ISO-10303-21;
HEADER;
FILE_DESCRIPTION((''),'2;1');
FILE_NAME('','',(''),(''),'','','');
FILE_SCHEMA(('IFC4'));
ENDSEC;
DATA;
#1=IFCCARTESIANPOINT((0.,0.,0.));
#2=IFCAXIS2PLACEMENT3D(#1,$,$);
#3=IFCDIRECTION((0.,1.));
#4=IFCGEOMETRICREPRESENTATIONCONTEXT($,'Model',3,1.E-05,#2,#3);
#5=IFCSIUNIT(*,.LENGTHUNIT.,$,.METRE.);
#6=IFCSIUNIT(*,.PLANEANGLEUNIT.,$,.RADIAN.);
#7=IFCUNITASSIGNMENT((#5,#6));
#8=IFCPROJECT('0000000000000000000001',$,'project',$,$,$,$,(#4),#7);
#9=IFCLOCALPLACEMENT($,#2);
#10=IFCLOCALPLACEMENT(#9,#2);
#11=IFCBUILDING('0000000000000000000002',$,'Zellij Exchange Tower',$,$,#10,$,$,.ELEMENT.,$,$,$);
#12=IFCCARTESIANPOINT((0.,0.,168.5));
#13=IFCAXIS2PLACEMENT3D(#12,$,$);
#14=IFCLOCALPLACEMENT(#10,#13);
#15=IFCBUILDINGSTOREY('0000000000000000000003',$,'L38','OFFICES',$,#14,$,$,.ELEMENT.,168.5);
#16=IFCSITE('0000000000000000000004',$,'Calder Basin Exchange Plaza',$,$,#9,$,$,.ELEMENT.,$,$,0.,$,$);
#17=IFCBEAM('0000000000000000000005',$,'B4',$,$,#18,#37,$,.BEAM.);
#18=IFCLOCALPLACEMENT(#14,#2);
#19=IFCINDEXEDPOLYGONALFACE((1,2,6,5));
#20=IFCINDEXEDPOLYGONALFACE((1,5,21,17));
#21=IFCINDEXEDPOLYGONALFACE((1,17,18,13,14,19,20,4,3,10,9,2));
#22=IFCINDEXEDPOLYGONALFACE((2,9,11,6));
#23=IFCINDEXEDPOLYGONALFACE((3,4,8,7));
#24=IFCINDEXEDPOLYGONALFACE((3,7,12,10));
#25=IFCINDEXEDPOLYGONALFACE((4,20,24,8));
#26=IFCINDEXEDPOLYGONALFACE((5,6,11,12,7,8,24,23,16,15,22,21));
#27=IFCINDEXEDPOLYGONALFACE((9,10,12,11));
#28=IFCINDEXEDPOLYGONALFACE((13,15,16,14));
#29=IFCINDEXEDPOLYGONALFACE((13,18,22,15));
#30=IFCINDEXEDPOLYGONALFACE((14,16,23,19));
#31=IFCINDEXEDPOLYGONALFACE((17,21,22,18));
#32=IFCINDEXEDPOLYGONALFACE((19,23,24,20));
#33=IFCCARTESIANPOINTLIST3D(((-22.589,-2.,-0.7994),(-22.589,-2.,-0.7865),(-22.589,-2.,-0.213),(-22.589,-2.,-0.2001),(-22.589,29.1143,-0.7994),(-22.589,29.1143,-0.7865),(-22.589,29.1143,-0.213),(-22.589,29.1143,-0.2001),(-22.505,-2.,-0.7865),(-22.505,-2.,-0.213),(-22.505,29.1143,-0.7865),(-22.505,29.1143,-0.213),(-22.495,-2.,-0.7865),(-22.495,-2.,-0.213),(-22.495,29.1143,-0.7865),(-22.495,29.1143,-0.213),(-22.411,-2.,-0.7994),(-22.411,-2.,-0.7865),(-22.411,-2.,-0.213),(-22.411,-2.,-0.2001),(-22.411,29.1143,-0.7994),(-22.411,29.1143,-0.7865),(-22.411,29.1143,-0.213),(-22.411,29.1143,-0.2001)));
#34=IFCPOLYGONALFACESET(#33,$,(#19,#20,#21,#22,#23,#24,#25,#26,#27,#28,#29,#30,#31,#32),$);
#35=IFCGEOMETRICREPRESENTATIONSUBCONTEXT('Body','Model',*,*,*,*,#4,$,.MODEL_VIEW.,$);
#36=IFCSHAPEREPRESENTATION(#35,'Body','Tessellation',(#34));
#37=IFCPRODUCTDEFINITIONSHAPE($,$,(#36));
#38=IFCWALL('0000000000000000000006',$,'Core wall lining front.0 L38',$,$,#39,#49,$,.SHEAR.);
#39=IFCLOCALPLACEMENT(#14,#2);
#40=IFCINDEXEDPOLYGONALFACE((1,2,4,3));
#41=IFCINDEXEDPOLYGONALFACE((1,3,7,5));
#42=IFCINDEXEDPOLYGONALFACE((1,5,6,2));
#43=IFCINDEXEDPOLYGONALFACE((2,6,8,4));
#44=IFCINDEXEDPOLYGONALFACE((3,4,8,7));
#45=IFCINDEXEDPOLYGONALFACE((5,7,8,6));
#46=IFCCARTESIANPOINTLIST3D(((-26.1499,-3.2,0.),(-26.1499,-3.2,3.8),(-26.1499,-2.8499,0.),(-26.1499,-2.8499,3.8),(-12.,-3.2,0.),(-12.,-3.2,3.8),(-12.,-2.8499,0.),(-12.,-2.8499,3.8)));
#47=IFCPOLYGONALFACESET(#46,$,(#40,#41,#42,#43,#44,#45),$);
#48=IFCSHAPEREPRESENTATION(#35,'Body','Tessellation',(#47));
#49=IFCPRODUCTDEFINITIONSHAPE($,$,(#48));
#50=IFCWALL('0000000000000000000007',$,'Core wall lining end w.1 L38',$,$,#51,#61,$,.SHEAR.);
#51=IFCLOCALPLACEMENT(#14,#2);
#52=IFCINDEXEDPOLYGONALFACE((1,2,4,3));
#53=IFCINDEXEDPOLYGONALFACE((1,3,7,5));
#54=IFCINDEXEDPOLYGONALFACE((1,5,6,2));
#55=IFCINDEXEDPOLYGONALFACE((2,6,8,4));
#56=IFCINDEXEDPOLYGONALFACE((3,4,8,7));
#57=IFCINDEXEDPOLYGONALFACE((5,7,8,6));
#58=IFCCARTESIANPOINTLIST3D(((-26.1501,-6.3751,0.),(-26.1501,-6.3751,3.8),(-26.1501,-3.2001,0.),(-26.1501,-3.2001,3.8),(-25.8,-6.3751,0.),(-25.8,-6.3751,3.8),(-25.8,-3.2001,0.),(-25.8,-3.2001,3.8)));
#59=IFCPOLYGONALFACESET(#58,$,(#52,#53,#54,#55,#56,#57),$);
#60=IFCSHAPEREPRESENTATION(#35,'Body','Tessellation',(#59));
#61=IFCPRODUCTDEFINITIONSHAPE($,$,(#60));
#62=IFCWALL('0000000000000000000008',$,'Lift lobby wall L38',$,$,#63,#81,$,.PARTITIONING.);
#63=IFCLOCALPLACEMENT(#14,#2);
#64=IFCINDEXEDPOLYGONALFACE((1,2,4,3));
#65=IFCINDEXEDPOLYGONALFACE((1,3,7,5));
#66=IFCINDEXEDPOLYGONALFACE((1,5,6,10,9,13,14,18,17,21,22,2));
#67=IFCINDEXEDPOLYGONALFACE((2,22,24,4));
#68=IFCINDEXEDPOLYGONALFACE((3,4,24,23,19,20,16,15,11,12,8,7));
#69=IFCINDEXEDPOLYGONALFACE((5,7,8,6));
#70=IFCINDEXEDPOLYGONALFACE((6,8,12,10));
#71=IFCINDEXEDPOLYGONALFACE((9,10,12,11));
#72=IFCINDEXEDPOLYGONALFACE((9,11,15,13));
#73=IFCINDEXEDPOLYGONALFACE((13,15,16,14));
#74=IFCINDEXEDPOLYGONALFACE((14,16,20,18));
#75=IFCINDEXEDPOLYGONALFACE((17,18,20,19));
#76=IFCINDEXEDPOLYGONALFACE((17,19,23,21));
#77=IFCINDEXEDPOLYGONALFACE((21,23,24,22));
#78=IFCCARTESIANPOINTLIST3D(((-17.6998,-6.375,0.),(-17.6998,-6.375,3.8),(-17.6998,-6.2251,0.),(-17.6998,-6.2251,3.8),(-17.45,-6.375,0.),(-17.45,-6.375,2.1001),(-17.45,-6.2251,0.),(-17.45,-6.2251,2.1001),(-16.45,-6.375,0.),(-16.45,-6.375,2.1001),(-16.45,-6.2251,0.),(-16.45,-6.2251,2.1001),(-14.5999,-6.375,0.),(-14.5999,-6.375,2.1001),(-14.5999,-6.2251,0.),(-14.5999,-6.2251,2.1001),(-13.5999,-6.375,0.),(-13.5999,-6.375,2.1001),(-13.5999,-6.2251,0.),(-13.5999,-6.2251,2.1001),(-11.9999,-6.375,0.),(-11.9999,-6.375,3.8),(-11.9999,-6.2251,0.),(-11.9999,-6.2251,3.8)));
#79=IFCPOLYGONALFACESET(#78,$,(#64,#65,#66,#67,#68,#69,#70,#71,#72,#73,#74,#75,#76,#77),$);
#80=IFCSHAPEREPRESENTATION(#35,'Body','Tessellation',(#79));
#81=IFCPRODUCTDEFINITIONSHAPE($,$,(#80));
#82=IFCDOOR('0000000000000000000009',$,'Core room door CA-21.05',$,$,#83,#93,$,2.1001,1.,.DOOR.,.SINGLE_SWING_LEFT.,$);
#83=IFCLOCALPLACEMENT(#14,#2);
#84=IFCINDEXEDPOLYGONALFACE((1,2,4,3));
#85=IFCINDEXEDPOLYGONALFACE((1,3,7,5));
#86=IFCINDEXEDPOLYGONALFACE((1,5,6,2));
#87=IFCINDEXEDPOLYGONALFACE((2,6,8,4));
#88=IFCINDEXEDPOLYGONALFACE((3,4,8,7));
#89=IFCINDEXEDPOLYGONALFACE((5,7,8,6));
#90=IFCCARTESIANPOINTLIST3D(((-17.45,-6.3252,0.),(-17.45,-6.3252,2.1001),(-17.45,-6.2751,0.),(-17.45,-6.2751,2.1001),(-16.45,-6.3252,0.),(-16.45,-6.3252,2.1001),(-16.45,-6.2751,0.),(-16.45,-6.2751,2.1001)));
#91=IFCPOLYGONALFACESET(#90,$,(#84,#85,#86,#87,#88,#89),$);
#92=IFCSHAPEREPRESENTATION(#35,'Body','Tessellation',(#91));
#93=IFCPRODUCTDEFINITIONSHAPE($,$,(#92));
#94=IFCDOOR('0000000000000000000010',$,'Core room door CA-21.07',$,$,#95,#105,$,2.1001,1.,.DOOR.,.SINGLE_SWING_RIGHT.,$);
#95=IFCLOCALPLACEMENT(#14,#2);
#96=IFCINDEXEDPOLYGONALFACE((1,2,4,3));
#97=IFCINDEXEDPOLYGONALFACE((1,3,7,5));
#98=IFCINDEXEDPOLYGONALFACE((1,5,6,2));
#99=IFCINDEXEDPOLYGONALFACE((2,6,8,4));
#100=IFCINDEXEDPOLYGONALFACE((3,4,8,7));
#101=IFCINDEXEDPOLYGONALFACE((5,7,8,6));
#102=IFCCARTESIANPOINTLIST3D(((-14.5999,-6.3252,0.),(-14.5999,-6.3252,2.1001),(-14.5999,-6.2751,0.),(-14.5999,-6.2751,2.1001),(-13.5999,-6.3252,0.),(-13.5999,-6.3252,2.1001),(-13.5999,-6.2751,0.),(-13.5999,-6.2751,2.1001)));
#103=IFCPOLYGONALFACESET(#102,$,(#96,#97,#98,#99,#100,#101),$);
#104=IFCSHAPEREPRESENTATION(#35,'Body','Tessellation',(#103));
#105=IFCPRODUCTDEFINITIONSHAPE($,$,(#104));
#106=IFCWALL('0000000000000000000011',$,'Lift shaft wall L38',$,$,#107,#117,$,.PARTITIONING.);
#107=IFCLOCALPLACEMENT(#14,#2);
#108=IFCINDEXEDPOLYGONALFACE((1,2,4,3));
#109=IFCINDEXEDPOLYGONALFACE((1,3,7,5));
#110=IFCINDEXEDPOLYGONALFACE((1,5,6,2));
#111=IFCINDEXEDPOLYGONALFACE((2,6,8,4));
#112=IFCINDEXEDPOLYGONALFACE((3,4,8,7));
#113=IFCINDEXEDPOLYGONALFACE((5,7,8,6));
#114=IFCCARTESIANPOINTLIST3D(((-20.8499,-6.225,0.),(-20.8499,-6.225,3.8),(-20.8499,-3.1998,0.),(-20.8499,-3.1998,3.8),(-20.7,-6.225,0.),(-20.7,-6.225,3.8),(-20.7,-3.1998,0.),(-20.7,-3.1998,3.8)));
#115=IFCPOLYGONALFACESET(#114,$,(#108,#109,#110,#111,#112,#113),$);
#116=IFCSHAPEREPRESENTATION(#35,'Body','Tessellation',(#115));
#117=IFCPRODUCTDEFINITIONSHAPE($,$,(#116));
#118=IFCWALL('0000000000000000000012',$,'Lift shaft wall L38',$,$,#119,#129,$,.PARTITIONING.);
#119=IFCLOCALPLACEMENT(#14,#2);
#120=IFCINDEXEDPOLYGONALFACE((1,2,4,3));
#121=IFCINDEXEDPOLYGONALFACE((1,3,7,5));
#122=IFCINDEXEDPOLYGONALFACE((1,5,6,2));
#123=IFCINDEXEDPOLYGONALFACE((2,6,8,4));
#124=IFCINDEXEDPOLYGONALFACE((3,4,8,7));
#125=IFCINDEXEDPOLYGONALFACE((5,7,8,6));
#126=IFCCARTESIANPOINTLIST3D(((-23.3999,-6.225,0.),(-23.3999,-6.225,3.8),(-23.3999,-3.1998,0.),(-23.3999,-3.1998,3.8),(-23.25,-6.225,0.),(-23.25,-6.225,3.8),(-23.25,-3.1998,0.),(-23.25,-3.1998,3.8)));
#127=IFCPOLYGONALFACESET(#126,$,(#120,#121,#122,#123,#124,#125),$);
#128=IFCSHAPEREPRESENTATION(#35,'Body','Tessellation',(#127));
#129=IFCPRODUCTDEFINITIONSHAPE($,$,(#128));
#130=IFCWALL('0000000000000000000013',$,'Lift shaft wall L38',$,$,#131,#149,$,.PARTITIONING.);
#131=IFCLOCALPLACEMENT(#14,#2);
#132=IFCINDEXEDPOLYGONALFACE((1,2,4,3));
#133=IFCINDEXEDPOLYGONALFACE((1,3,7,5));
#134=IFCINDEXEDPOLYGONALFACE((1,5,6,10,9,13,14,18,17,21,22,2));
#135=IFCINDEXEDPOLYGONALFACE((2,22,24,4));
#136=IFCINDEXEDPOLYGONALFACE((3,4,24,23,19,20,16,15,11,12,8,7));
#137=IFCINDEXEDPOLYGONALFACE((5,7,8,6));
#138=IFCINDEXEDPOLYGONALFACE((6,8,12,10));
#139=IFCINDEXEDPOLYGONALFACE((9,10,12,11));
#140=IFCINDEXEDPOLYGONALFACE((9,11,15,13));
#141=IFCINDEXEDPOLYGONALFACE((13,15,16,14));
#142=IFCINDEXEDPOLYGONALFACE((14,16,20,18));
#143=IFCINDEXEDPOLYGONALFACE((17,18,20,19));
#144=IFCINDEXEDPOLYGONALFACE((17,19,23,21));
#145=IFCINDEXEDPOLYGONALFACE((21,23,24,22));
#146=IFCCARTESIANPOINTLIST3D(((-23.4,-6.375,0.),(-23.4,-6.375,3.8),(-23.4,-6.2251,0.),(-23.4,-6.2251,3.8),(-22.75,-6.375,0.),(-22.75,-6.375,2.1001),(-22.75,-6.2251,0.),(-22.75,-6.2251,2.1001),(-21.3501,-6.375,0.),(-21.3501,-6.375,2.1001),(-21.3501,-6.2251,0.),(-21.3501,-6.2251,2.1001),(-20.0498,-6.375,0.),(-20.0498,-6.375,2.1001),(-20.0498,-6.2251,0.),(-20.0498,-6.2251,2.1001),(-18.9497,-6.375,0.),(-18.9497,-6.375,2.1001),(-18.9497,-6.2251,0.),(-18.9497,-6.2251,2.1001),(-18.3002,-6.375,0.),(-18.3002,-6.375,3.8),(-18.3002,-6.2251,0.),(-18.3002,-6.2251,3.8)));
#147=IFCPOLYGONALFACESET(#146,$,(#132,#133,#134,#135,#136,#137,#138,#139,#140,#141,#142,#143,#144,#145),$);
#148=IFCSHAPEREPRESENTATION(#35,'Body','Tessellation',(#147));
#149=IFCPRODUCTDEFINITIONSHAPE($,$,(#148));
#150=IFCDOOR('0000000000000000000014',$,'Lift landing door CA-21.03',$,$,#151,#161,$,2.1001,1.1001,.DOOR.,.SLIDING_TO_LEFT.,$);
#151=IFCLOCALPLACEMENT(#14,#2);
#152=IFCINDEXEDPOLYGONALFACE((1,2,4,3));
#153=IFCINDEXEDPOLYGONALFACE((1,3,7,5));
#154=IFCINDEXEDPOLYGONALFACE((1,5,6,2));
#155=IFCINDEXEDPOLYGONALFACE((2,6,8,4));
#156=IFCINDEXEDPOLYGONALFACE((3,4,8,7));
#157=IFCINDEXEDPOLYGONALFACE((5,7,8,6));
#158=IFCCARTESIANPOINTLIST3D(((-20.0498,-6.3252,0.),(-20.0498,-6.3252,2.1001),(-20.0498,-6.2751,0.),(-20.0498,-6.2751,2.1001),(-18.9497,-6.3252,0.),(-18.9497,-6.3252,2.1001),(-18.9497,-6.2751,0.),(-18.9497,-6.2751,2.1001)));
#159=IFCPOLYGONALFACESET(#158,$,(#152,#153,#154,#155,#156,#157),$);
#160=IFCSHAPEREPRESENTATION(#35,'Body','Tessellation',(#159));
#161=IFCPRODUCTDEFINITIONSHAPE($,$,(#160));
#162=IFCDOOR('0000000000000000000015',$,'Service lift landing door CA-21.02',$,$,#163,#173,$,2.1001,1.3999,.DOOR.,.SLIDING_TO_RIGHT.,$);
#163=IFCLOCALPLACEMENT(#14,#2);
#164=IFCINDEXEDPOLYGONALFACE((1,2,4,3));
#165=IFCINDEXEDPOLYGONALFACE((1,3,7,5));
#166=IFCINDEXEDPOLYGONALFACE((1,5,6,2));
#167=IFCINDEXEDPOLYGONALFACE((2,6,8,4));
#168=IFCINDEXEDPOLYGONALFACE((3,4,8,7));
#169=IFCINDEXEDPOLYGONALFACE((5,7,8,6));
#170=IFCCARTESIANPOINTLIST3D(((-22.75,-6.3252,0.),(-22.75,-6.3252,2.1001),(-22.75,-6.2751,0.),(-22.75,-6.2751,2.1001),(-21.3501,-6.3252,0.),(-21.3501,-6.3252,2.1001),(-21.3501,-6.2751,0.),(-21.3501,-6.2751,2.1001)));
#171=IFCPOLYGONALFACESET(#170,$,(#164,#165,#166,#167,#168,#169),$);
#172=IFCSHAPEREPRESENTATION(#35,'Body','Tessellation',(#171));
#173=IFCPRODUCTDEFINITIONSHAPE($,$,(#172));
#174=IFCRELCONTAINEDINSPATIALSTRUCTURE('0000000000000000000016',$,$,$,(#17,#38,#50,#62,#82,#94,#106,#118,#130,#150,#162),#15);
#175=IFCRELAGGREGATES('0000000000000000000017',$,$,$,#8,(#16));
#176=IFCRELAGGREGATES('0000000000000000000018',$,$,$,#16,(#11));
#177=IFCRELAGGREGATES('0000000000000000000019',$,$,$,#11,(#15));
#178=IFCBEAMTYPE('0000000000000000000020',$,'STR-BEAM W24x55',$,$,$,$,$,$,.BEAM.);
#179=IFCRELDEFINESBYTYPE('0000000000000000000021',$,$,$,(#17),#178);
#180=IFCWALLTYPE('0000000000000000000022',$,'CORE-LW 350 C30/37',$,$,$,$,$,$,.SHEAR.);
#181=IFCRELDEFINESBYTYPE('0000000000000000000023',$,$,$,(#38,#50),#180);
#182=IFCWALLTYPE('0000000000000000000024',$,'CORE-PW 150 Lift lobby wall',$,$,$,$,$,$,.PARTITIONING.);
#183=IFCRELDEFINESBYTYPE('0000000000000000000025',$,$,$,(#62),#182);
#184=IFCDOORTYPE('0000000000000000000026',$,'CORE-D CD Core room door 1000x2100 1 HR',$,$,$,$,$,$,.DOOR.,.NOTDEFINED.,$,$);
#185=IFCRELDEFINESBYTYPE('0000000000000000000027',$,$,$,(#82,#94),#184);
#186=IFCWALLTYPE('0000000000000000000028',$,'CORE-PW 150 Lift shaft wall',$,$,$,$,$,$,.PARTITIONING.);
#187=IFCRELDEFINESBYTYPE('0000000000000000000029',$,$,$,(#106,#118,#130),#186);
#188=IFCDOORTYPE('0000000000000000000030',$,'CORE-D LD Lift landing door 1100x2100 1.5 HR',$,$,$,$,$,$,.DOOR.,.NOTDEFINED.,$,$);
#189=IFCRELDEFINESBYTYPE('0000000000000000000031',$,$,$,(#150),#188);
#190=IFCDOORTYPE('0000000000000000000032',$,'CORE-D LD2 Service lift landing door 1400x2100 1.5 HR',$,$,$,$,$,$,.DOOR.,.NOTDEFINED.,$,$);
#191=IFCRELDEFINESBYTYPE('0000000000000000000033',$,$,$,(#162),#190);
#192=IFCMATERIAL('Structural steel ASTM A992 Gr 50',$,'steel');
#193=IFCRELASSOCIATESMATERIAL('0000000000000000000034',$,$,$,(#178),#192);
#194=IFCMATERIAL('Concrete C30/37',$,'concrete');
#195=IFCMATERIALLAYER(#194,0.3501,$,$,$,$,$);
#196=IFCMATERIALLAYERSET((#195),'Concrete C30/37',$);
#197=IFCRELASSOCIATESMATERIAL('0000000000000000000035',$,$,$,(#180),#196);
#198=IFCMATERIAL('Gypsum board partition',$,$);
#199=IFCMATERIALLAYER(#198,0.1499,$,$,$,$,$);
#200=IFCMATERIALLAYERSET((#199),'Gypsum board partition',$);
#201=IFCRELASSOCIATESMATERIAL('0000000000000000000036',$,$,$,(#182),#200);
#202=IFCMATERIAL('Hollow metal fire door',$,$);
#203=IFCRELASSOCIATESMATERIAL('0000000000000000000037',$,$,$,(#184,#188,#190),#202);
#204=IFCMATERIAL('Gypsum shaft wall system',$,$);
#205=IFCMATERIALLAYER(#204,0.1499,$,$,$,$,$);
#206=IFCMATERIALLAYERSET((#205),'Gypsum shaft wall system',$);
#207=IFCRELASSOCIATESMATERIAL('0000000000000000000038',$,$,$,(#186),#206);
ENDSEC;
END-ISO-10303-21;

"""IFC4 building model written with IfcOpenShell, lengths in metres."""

from ifc_helpers import new_model, si_unit, direction, frame, frame_2d, origin, origin_2d, place, context, subcontext, project, spatial, rectangle, i_section, extrude, material, layer, layer_set, material_profile, profile_set, type_object, element, fill, save


model = new_model("IFC4")

# Units and contexts
model_context = context("Model", 3, precision=1e-05, world=origin(), true_north=direction((0.0, 1.0)))
body_context = subcontext(model_context, "Body", "Model", "MODEL_VIEW")
ifc_project = project(units=[si_unit("LENGTHUNIT", "METRE"), si_unit("PLANEANGLEUNIT", "RADIAN")], contexts=[model_context])

# Site, building, storey
site_placement = place(None, origin())
site = spatial("IfcSite", under=ifc_project, at=site_placement, Name="Calder Basin Exchange Plaza", CompositionType="ELEMENT", RefElevation=0.0)
building_placement = place(site_placement, origin())
building = spatial("IfcBuilding", under=site, at=building_placement, Name="Zellij Exchange Tower", CompositionType="ELEMENT")
storey_placement = place(building_placement, frame((0.0, 0.0, 168.5)))
storey = spatial("IfcBuildingStorey", under=building, at=storey_placement, Name="L38", Description="OFFICES", CompositionType="ELEMENT", Elevation=168.5)

# Beam
ifc_material_1 = material(Name="Structural steel ASTM A992 Gr 50", Category="steel")
ifc_material_profile = material_profile(ifc_material_1, i_section(OverallWidth=0.178, OverallDepth=0.5994, WebThickness=0.01, FlangeThickness=0.0129, at=origin_2d()), Name="W24x55")
ifc_profile_set = profile_set([ifc_material_profile], Name="Structural steel ASTM A992 Gr 50")
beam_type = type_object("IfcBeamType", Name="STR-BEAM W24x55", PredefinedType="BEAM", material=ifc_profile_set)
beam_placement = place(storey_placement, frame((-22.5, -2.0, -0.4998), z_axis=(0.0, 1.0, 0.0), x_axis=(-1.0, 0.0, 0.0)))
element("IfcBeam", 1, at=beam_placement, inside=storey, type_object=beam_type, Name="B4", PredefinedType="BEAM", context=body_context, shape_type="SweptSolid", body=[
    extrude(i_section(OverallWidth=0.178, OverallDepth=0.5994, WebThickness=0.01, FlangeThickness=0.0129, at=origin_2d()), origin(), (0.0, 0.0, 1.0), 31.1143),
])

# Walls
ifc_material_2 = material(Name="Concrete C30/37", Category="concrete")
ifc_layer_1 = layer(ifc_material_2, 0.3501)
ifc_layer_set_1 = layer_set([ifc_layer_1], Name="Concrete C30/37")
wall_type_1 = type_object("IfcWallType", Name="CORE-LW 350 C30/37", PredefinedType="SHEAR", material=ifc_layer_set_1)
wall_1_placement = place(storey_placement, frame((-26.1499, -3.0249, 0.0), z_axis=(0.0, 0.0, 1.0), x_axis=(1.0, 0.0, 0.0)))
element("IfcWall", 2, at=wall_1_placement, inside=storey, type_object=wall_type_1, Name="Core wall lining front.0 L38", PredefinedType="SHEAR", context=body_context, shape_type="SweptSolid", body=[
    extrude(rectangle(XDim=14.1499, YDim=0.3501, at=frame_2d((7.075, 0.0))), origin(), (0.0, 0.0, 1.0), 3.8),
])
wall_2_placement = place(storey_placement, frame((-25.9751, -6.375, 0.0), z_axis=(0.0, 0.0, 1.0), x_axis=(0.0, 1.0, 0.0)))
element("IfcWall", 3, at=wall_2_placement, inside=storey, type_object=wall_type_1, Name="Core wall lining end w.1 L38", PredefinedType="SHEAR", context=body_context, shape_type="SweptSolid", body=[
    extrude(rectangle(XDim=3.175, YDim=0.3501, at=frame_2d((1.5874, 0.0))), origin(), (0.0, 0.0, 1.0), 3.8),
])

# Wall, openings, doors
ifc_material_3 = material(Name="Gypsum board partition")
ifc_layer_2 = layer(ifc_material_3, 0.1499)
ifc_layer_set_2 = layer_set([ifc_layer_2], Name="Gypsum board partition")
wall_type_2 = type_object("IfcWallType", Name="CORE-PW 150 Lift lobby wall", PredefinedType="PARTITIONING", material=ifc_layer_set_2)
wall_3_placement = place(storey_placement, frame((-17.7, -6.3, 0.0), z_axis=(0.0, 0.0, 1.0), x_axis=(1.0, 0.0, 0.0)))
wall_3 = element("IfcWall", 4, at=wall_3_placement, inside=storey, type_object=wall_type_2, Name="Lift lobby wall L38", PredefinedType="PARTITIONING", context=body_context, shape_type="SweptSolid", body=[
    extrude(rectangle(XDim=5.7, YDim=0.1499, at=frame_2d((2.8501, 0.0))), origin(), (0.0, 0.0, 1.0), 3.8),
])
opening_1_placement = place(wall_3_placement, frame((0.25, 0.0, 0.0)))
opening_1 = element("IfcOpeningElement", 5, at=opening_1_placement, cuts=wall_3, PredefinedType="OPENING", context=body_context, shape_type="SweptSolid", body=[
    extrude(rectangle(XDim=1.0, YDim=2.1001, at=frame_2d((0.5, 1.05))), frame((0.0, 0.0869, 0.0), z_axis=(0.0, -1.0, 0.0), x_axis=(1.0, 0.0, 0.0)), (0.0, 0.0, 1.0), 0.1738),
])
opening_2_placement = place(wall_3_placement, frame((3.1001, 0.0, 0.0)))
opening_2 = element("IfcOpeningElement", 6, at=opening_2_placement, cuts=wall_3, PredefinedType="OPENING", context=body_context, shape_type="SweptSolid", body=[
    extrude(rectangle(XDim=1.0, YDim=2.1001, at=frame_2d((0.5, 1.05))), frame((0.0, 0.0869, 0.0), z_axis=(0.0, -1.0, 0.0), x_axis=(1.0, 0.0, 0.0)), (0.0, 0.0, 1.0), 0.1738),
])
ifc_material_4 = material(Name="Hollow metal fire door")
door_type_1 = type_object("IfcDoorType", Name="CORE-D CD Core room door 1000x2100 1 HR", OperationType="NOTDEFINED", PredefinedType="DOOR", material=ifc_material_4)
door_1_placement = place(opening_1_placement, origin())
door_1 = element("IfcDoor", 7, at=door_1_placement, inside=storey, type_object=door_type_1, Name="Core room door CA-21.05", OperationType="SINGLE_SWING_LEFT", OverallHeight=2.1001, OverallWidth=1.0, PredefinedType="DOOR", context=body_context, shape_type="SweptSolid", body=[
    extrude(rectangle(XDim=1.0, YDim=2.1001, at=frame_2d((0.5, 1.05))), frame((0.0, 0.0249, 0.0), z_axis=(0.0, -1.0, 0.0), x_axis=(1.0, 0.0, 0.0)), (0.0, 0.0, 1.0), 0.05),
])
fill(opening_1, door_1)
door_2_placement = place(opening_2_placement, origin())
door_2 = element("IfcDoor", 8, at=door_2_placement, inside=storey, type_object=door_type_1, Name="Core room door CA-21.07", OperationType="SINGLE_SWING_RIGHT", OverallHeight=2.1001, OverallWidth=1.0, PredefinedType="DOOR", context=body_context, shape_type="SweptSolid", body=[
    extrude(rectangle(XDim=1.0, YDim=2.1001, at=frame_2d((0.5, 1.05))), frame((0.0, 0.0249, 0.0), z_axis=(0.0, -1.0, 0.0), x_axis=(1.0, 0.0, 0.0)), (0.0, 0.0, 1.0), 0.05),
])
fill(opening_2, door_2)

# Walls
ifc_material_5 = material(Name="Gypsum shaft wall system")
ifc_layer_3 = layer(ifc_material_5, 0.1499)
ifc_layer_set_3 = layer_set([ifc_layer_3], Name="Gypsum shaft wall system")
wall_type_3 = type_object("IfcWallType", Name="CORE-PW 150 Lift shaft wall", PredefinedType="PARTITIONING", material=ifc_layer_set_3)
for number, where, z_axis, x_axis, name in (
    (9, (-20.7749, -6.2251, 0.0), (0.0, 0.0, 1.0), (0.0, 1.0, 0.0), "Lift shaft wall L38"),
    (10, (-23.325, -6.2251, 0.0), (0.0, 0.0, 1.0), (0.0, 1.0, 0.0), "Lift shaft wall L38"),
):
    element("IfcWall", number, at=place(storey_placement, frame(where, z_axis=z_axis, x_axis=x_axis)), inside=storey, type_object=wall_type_3, Name=name, PredefinedType="PARTITIONING", context=body_context, shape_type="SweptSolid", body=[
        extrude(rectangle(XDim=3.0251, YDim=0.1499, at=frame_2d((1.5127, 0.0))), origin(), (0.0, 0.0, 1.0), 3.8),
    ])

# Wall, openings, doors
wall_4_placement = place(storey_placement, frame((-23.3999, -6.3, 0.0), z_axis=(0.0, 0.0, 1.0), x_axis=(1.0, 0.0, 0.0)))
wall_4 = element("IfcWall", 11, at=wall_4_placement, inside=storey, type_object=wall_type_3, Name="Lift shaft wall L38", PredefinedType="PARTITIONING", context=body_context, shape_type="SweptSolid", body=[
    extrude(rectangle(XDim=5.0999, YDim=0.1499, at=frame_2d((2.5498, 0.0))), origin(), (0.0, 0.0, 1.0), 3.8),
])
opening_3_placement = place(wall_4_placement, frame((0.6499, 0.0, 0.0)))
opening_3 = element("IfcOpeningElement", 12, at=opening_3_placement, cuts=wall_4, PredefinedType="OPENING", context=body_context, shape_type="SweptSolid", body=[
    extrude(rectangle(XDim=1.3999, YDim=2.1001, at=frame_2d((0.7, 1.05))), frame((0.0, 0.0869, 0.0), z_axis=(0.0, -1.0, 0.0), x_axis=(1.0, 0.0, 0.0)), (0.0, 0.0, 1.0), 0.1738),
])
opening_4_placement = place(wall_4_placement, frame((3.3501, 0.0, 0.0)))
opening_4 = element("IfcOpeningElement", 13, at=opening_4_placement, cuts=wall_4, PredefinedType="OPENING", context=body_context, shape_type="SweptSolid", body=[
    extrude(rectangle(XDim=1.1001, YDim=2.1001, at=frame_2d((0.55, 1.05))), frame((0.0, 0.0869, 0.0), z_axis=(0.0, -1.0, 0.0), x_axis=(1.0, 0.0, 0.0)), (0.0, 0.0, 1.0), 0.1738),
])
door_type_2 = type_object("IfcDoorType", Name="CORE-D LD Lift landing door 1100x2100 1.5 HR", OperationType="NOTDEFINED", PredefinedType="DOOR", material=ifc_material_4)
door_3_placement = place(opening_4_placement, origin())
door_3 = element("IfcDoor", 14, at=door_3_placement, inside=storey, type_object=door_type_2, Name="Lift landing door CA-21.03", OperationType="SLIDING_TO_LEFT", OverallHeight=2.1001, OverallWidth=1.1001, PredefinedType="DOOR", context=body_context, shape_type="SweptSolid", body=[
    extrude(rectangle(XDim=1.1001, YDim=2.1001, at=frame_2d((0.55, 1.05))), frame((0.0, 0.0249, 0.0), z_axis=(0.0, -1.0, 0.0), x_axis=(1.0, 0.0, 0.0)), (0.0, 0.0, 1.0), 0.05),
])
fill(opening_4, door_3)
door_type_3 = type_object("IfcDoorType", Name="CORE-D LD2 Service lift landing door 1400x2100 1.5 HR", OperationType="NOTDEFINED", PredefinedType="DOOR", material=ifc_material_4)
door_4_placement = place(opening_3_placement, origin())
door_4 = element("IfcDoor", 15, at=door_4_placement, inside=storey, type_object=door_type_3, Name="Service lift landing door CA-21.02", OperationType="SLIDING_TO_RIGHT", OverallHeight=2.1001, OverallWidth=1.3999, PredefinedType="DOOR", context=body_context, shape_type="SweptSolid", body=[
    extrude(rectangle(XDim=1.3999, YDim=2.1001, at=frame_2d((0.7, 1.05))), frame((0.0, 0.0249, 0.0), z_axis=(0.0, -1.0, 0.0), x_axis=(1.0, 0.0, 0.0)), (0.0, 0.0, 1.0), 0.05),
])
fill(opening_3, door_4)

save(model, "model.ifc")
